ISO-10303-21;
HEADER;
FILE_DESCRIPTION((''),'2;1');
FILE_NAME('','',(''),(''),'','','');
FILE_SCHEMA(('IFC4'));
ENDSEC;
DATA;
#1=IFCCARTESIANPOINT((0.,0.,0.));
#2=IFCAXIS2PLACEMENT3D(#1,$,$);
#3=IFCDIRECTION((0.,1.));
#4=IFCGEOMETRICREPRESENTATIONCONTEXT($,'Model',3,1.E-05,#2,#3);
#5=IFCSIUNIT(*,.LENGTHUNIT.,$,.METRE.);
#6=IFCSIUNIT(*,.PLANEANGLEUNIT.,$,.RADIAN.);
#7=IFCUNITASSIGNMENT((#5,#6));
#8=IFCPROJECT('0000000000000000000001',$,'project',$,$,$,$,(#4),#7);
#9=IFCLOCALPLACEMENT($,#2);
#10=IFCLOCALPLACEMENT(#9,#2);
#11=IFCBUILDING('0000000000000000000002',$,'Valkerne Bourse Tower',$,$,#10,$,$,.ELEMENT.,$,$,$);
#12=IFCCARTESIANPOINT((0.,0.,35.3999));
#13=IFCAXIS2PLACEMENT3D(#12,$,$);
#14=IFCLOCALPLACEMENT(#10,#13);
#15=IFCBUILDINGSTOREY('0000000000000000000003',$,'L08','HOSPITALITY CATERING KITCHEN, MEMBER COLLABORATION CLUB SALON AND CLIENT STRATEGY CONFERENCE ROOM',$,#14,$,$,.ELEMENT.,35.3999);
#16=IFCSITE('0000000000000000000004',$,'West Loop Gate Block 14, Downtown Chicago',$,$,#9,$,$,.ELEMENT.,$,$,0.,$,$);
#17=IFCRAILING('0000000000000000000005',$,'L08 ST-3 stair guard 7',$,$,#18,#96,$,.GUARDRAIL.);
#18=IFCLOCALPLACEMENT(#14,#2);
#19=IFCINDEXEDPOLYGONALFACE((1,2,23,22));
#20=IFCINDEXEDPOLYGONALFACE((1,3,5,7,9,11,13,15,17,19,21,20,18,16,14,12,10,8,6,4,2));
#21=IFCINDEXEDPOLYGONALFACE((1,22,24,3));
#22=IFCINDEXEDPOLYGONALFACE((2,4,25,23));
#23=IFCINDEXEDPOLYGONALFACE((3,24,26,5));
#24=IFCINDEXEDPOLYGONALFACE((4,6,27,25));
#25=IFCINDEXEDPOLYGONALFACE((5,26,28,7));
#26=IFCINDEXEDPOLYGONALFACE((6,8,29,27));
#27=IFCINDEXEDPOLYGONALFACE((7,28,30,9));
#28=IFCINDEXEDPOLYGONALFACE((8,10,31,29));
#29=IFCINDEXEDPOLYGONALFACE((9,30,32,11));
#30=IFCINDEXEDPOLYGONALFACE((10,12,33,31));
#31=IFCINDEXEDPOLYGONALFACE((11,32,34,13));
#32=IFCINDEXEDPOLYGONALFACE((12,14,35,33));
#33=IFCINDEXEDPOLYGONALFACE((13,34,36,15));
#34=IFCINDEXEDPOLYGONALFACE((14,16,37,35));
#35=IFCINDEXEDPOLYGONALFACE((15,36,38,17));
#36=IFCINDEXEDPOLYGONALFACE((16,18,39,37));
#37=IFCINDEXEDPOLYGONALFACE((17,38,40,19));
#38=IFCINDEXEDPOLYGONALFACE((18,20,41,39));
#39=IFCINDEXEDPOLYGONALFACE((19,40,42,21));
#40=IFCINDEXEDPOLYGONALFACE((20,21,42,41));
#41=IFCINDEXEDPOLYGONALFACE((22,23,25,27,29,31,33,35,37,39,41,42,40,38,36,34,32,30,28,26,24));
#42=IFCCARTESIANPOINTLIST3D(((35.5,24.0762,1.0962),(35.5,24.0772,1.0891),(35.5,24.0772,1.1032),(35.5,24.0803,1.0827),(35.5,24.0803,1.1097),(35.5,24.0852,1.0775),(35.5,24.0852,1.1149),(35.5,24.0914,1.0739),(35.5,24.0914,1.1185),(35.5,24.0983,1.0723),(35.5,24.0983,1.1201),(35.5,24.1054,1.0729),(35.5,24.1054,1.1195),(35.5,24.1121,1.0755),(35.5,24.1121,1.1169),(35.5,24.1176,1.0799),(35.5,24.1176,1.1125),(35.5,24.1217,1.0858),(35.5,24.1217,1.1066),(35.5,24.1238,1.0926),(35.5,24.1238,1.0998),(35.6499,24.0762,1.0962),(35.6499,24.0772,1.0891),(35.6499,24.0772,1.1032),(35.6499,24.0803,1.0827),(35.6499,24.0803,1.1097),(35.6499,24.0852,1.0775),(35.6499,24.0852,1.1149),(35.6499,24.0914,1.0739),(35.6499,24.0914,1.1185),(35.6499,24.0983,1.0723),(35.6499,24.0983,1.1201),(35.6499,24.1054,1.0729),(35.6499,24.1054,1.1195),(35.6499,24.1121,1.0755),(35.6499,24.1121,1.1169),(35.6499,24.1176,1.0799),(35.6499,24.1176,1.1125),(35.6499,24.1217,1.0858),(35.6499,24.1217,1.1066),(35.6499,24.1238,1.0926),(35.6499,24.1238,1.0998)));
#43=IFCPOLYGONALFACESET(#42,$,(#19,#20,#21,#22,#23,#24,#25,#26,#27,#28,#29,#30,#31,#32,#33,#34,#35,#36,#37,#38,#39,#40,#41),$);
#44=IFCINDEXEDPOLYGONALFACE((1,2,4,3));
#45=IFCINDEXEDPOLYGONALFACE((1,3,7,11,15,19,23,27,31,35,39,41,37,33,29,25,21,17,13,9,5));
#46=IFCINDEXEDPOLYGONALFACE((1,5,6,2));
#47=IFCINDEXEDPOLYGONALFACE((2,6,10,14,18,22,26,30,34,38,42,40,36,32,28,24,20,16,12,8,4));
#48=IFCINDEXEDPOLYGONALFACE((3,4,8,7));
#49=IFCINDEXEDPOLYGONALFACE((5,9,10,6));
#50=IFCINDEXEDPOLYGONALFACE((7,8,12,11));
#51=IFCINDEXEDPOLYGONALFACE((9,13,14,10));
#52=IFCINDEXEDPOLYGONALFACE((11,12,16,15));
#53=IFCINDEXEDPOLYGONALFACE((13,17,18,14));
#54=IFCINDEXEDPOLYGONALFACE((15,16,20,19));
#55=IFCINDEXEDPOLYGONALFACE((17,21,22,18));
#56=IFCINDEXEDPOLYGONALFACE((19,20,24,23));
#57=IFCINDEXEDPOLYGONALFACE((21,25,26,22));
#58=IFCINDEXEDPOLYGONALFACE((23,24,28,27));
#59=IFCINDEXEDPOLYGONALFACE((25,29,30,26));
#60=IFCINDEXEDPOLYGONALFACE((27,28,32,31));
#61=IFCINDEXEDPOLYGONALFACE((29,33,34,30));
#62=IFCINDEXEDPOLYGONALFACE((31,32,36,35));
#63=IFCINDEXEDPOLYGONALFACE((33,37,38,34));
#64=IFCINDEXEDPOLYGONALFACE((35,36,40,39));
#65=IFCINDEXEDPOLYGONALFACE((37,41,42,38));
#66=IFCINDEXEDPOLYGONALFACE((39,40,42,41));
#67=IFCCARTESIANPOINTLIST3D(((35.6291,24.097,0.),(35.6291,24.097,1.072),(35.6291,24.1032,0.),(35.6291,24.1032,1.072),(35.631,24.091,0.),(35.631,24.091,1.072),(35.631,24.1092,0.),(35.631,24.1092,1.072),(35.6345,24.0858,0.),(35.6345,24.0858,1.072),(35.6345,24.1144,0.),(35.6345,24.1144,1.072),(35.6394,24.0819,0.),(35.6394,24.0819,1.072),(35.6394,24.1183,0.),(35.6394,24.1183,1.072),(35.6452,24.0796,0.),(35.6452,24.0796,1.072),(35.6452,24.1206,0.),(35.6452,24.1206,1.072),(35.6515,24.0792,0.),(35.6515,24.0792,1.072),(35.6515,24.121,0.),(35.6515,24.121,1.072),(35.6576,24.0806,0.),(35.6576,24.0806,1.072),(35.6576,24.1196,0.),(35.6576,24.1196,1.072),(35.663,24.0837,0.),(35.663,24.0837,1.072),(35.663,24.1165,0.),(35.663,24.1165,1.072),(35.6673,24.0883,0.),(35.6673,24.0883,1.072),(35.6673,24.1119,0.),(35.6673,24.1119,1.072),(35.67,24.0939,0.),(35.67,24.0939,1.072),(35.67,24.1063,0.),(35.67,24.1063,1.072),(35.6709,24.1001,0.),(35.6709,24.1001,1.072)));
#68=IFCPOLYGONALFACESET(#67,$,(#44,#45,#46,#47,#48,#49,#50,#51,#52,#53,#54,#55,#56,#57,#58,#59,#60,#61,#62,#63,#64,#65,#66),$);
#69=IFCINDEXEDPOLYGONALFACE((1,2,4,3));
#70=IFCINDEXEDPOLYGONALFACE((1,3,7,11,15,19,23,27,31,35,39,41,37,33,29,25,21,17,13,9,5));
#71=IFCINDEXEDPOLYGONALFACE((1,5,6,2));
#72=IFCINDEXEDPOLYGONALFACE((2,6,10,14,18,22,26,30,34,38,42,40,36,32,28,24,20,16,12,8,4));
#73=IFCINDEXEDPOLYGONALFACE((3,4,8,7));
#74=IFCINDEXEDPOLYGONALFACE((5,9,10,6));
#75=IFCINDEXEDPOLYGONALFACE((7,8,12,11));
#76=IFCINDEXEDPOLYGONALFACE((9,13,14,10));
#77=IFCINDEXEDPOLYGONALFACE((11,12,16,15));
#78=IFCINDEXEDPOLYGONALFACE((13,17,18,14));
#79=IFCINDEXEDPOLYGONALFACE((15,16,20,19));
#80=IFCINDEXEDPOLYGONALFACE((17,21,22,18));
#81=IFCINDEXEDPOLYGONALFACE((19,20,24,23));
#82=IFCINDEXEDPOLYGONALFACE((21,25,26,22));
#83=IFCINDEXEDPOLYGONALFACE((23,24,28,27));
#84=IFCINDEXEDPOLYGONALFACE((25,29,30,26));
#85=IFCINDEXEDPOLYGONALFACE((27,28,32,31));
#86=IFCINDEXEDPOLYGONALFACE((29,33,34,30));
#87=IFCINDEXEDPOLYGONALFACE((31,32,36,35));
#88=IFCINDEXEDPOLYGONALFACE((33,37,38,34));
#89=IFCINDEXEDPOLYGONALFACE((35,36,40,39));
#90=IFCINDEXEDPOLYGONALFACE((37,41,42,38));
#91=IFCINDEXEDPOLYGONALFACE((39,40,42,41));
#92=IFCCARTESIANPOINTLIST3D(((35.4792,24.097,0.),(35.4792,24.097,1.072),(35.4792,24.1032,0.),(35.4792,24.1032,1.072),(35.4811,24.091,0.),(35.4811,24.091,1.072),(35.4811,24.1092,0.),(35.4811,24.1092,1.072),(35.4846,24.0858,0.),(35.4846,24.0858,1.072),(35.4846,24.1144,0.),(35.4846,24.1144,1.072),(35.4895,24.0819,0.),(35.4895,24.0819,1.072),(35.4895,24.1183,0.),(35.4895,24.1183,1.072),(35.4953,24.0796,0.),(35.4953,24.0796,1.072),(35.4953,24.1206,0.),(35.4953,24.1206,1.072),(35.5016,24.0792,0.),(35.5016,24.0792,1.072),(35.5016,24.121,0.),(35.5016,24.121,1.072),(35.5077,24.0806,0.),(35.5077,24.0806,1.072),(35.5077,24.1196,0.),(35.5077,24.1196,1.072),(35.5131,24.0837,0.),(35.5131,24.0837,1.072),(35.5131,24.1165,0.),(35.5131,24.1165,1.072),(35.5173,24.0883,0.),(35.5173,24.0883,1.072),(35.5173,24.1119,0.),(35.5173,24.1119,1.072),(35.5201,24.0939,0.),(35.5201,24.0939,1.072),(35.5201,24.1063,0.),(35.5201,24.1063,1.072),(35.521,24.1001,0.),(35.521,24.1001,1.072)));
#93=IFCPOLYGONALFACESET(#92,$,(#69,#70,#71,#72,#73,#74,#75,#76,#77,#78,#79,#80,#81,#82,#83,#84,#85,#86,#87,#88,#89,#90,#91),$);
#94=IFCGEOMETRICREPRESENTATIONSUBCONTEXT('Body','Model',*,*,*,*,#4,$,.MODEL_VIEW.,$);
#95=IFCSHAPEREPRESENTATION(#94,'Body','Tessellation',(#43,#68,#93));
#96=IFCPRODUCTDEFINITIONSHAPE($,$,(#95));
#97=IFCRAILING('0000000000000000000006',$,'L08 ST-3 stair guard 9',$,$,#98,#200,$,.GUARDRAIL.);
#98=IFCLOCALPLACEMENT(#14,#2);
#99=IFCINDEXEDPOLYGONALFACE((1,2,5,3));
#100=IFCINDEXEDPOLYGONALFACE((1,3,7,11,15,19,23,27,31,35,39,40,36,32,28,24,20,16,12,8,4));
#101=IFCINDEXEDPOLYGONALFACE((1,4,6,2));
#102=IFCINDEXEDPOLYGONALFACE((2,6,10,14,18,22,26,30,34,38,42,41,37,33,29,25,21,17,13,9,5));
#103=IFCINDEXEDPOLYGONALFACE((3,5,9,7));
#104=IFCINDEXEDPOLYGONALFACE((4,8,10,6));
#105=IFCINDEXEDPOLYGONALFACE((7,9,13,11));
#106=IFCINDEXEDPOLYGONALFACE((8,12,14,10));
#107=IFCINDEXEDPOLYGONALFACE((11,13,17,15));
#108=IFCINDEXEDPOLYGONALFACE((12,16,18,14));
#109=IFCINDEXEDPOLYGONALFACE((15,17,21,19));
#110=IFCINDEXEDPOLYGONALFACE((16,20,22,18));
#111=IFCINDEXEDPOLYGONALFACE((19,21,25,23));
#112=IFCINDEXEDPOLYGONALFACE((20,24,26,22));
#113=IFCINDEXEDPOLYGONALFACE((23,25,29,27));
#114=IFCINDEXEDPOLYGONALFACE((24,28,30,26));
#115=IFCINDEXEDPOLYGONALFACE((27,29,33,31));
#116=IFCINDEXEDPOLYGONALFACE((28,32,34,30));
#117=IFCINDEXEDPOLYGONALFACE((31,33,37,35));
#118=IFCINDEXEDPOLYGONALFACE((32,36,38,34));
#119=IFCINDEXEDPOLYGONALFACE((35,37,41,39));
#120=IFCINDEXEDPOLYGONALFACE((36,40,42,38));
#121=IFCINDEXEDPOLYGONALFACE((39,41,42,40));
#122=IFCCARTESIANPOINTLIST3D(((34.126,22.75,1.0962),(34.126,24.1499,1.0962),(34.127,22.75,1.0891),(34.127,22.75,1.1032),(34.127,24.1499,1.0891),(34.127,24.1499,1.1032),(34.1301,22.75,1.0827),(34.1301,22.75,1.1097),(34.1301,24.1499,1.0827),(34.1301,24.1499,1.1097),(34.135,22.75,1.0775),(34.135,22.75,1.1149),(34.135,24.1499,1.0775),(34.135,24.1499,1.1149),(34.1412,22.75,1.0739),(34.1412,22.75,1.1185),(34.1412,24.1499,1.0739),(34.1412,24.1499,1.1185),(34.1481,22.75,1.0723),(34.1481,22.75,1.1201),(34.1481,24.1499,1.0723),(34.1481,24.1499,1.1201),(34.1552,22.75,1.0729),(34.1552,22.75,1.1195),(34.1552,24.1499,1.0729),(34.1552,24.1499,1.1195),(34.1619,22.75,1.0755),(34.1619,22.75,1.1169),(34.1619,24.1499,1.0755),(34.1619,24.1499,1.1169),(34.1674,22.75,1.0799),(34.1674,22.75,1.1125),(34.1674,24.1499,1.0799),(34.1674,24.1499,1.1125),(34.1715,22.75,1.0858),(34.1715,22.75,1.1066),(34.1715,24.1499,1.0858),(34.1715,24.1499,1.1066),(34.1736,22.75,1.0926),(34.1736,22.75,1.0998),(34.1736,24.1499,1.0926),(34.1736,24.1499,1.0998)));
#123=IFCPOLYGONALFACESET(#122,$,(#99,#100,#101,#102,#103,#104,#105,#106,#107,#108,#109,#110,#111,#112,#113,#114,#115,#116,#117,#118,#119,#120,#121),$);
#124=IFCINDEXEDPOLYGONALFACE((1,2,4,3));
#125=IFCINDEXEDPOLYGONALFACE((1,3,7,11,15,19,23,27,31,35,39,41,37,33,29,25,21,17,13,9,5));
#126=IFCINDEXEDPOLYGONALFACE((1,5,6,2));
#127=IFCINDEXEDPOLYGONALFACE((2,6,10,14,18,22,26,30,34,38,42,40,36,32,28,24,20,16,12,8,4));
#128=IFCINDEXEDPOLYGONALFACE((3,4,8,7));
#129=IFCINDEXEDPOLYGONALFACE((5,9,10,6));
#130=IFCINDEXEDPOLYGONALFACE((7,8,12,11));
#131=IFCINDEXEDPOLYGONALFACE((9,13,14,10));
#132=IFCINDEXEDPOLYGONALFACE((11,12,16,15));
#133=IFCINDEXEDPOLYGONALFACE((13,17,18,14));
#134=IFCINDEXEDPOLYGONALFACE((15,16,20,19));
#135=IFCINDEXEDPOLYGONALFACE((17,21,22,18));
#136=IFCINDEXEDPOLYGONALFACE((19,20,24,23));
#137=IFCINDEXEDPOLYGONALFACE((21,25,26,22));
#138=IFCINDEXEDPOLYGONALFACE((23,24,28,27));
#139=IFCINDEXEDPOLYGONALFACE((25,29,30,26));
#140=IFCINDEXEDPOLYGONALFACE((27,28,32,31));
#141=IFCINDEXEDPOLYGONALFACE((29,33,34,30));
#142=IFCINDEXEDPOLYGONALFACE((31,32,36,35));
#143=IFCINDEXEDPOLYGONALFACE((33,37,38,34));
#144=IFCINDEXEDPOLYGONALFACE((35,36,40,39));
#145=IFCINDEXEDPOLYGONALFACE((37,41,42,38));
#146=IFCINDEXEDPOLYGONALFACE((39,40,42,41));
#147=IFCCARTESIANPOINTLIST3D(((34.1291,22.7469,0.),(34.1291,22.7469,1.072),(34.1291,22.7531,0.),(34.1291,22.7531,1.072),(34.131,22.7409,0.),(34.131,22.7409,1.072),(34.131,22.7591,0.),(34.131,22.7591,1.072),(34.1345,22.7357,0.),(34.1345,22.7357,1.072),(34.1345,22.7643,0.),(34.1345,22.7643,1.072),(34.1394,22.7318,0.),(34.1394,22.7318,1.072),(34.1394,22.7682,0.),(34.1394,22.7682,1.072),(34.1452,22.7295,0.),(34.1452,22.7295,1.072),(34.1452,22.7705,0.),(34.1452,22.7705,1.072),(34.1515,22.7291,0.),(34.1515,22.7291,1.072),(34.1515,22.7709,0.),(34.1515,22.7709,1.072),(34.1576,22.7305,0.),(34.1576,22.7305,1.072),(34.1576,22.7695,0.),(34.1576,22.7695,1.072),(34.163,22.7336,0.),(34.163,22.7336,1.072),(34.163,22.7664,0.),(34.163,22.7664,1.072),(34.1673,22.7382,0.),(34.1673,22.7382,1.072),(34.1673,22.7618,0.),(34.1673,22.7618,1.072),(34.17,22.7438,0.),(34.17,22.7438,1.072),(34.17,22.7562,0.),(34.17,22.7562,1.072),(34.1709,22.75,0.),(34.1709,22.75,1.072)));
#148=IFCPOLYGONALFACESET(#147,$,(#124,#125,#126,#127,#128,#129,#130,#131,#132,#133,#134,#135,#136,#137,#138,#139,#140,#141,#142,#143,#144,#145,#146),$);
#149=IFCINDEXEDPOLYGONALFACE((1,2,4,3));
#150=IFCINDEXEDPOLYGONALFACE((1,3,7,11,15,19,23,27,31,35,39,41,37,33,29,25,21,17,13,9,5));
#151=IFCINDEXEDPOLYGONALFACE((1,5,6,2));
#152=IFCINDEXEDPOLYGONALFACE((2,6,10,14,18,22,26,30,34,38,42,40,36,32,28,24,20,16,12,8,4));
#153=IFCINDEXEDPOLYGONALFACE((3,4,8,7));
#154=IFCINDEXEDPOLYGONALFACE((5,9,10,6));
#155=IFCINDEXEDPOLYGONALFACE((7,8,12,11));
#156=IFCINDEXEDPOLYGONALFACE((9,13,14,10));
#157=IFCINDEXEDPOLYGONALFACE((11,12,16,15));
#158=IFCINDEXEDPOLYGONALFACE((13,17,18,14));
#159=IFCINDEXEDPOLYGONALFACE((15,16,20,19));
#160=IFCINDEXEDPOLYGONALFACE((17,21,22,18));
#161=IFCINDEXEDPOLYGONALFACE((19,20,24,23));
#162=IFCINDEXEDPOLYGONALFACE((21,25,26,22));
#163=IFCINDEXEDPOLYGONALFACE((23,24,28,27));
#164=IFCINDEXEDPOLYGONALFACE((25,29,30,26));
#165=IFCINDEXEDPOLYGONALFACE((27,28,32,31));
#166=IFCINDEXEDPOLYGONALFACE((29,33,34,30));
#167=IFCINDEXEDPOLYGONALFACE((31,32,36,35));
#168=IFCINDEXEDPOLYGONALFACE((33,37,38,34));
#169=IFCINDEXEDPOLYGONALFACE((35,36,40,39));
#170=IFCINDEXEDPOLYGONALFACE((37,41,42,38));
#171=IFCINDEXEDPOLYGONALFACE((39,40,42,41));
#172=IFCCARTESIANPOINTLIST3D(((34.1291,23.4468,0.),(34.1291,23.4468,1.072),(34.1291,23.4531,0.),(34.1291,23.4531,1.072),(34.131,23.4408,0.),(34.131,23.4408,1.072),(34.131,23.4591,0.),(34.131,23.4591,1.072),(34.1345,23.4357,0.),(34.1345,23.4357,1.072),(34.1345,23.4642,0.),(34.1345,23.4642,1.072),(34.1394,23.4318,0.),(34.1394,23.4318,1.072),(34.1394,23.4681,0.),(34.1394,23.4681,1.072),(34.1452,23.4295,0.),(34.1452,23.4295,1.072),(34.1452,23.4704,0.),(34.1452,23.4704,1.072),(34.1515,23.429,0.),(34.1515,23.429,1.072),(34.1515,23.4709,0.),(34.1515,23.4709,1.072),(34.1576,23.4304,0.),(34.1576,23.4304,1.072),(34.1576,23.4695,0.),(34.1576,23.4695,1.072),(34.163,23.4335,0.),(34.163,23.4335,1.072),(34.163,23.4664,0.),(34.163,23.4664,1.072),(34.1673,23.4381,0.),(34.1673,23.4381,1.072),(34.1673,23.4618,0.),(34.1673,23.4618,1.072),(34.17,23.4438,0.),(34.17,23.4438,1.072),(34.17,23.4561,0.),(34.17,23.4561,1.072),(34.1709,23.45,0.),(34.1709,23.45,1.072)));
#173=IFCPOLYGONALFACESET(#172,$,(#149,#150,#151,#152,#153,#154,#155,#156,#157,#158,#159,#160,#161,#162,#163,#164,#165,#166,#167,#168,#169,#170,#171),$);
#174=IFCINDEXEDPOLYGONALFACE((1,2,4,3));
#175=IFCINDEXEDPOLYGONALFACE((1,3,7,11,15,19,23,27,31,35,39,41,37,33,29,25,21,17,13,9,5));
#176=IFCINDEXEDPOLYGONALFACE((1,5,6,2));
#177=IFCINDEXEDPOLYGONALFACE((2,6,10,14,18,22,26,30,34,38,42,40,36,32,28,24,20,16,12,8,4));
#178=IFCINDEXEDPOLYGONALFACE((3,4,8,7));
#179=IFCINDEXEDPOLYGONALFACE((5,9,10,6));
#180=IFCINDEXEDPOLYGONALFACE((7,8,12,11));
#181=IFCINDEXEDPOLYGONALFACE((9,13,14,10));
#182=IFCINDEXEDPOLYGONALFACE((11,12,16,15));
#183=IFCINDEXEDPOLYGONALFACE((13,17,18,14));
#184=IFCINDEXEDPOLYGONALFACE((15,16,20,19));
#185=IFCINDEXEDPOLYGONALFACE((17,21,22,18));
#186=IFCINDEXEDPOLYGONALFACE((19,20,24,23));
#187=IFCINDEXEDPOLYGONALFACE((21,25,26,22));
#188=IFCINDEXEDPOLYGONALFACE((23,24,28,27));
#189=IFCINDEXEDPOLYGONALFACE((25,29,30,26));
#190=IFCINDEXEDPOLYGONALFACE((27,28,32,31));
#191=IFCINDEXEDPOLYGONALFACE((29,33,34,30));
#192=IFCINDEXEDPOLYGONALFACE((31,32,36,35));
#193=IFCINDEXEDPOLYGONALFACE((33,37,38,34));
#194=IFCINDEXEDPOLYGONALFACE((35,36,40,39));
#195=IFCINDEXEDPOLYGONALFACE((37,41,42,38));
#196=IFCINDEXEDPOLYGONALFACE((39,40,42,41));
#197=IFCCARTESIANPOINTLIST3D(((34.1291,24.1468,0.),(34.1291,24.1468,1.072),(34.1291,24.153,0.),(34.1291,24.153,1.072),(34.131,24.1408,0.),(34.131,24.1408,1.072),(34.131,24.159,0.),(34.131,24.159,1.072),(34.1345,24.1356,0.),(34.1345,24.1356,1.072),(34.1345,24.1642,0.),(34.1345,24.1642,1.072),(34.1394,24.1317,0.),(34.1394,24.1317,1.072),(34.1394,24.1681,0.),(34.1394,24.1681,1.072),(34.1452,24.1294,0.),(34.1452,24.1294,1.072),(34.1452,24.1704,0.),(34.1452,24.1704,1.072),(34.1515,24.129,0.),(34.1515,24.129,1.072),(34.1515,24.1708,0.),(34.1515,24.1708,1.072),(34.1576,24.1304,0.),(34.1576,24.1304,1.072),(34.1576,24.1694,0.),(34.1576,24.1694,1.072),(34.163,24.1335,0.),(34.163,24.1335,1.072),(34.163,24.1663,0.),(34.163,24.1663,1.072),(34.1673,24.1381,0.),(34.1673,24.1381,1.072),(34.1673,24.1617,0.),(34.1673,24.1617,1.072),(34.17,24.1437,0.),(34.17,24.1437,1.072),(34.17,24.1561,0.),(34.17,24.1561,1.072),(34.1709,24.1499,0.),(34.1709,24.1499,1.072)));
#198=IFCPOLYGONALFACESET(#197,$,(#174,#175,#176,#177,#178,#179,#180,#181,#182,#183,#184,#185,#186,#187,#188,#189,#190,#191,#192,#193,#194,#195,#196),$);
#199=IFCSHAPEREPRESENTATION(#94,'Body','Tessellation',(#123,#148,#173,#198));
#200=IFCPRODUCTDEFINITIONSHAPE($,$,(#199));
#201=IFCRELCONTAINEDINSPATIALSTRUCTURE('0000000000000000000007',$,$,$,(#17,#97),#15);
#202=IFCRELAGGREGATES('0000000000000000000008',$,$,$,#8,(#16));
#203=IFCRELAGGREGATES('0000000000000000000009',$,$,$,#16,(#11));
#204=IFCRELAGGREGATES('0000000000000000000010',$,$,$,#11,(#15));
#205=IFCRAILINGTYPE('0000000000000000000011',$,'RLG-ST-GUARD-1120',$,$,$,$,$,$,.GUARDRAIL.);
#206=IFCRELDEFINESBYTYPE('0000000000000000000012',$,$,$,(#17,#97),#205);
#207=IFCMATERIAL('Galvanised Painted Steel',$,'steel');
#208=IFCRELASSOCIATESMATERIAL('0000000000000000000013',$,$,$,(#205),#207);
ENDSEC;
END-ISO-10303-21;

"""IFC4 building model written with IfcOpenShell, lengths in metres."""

from ifc_helpers import new_model, si_unit, direction, frame, origin, origin_2d, place, context, subcontext, project, spatial, circle, extrude, material, type_object, element, save


model = new_model("IFC4")

# Units and contexts
model_context = context("Model", 3, precision=1e-05, world=origin(), true_north=direction((0.0, 1.0)))
body_context = subcontext(model_context, "Body", "Model", "MODEL_VIEW")
ifc_project = project(units=[si_unit("LENGTHUNIT", "METRE"), si_unit("PLANEANGLEUNIT", "RADIAN")], contexts=[model_context])

# Site, building, storey
site_placement = place(None, origin())
site = spatial("IfcSite", under=ifc_project, at=site_placement, Name="West Loop Gate Block 14, Downtown Chicago", CompositionType="ELEMENT", RefElevation=0.0)
building_placement = place(site_placement, origin())
building = spatial("IfcBuilding", under=site, at=building_placement, Name="Valkerne Bourse Tower", CompositionType="ELEMENT")
storey_placement = place(building_placement, frame((0.0, 0.0, 35.3999)))
storey = spatial("IfcBuildingStorey", under=building, at=storey_placement, Name="L08", Description="HOSPITALITY CATERING KITCHEN, MEMBER COLLABORATION CLUB SALON AND CLIENT STRATEGY CONFERENCE ROOM", CompositionType="ELEMENT", Elevation=35.3999)

# Shared definitions
ifc_material_1 = material(Name="Galvanised Painted Steel", Category="steel")

# Railings
railing_type = type_object("IfcRailingType", Name="RLG-ST-GUARD-1120", PredefinedType="GUARDRAIL", material=ifc_material_1)
railing_1_placement = place(storey_placement, frame((35.6499, 24.1001, 0.0)))
element("IfcRailing", 1, at=railing_1_placement, inside=storey, type_object=railing_type, Name="L08 ST-3 stair guard 7", PredefinedType="GUARDRAIL", context=body_context, shape_type="SweptSolid", body=[
    extrude(circle(Radius=0.0239, at=origin_2d()), frame((0.0, 0.0, 1.0962), z_axis=(-1.0, 0.0, 0.0), x_axis=(0.0, -1.0, 0.0)), (0.0, 0.0, 1.0), 0.1499),
    extrude(circle(Radius=0.021, at=origin_2d()), origin(), (0.0, 0.0, 1.0), 1.072),
    extrude(circle(Radius=0.021, at=origin_2d()), frame((-0.1499, 0.0, 0.0)), (0.0, 0.0, 1.0), 1.072),
])
railing_2_placement = place(storey_placement, frame((34.1499, 22.75, 0.0)))
element("IfcRailing", 2, at=railing_2_placement, inside=storey, type_object=railing_type, Name="L08 ST-3 stair guard 9", PredefinedType="GUARDRAIL", context=body_context, shape_type="SweptSolid", body=[
    extrude(circle(Radius=0.0239, at=origin_2d()), frame((0.0, 0.0, 1.0962), z_axis=(0.0, 1.0, 0.0), x_axis=(-1.0, 0.0, 0.0)), (0.0, 0.0, 1.0), 1.3999),
    extrude(circle(Radius=0.021, at=origin_2d()), origin(), (0.0, 0.0, 1.0), 1.072),
    extrude(circle(Radius=0.021, at=origin_2d()), frame((0.0, 0.7, 0.0)), (0.0, 0.0, 1.0), 1.072),
    extrude(circle(Radius=0.021, at=origin_2d()), frame((0.0, 1.3999, 0.0)), (0.0, 0.0, 1.0), 1.072),
])

save(model, "model.ifc")
